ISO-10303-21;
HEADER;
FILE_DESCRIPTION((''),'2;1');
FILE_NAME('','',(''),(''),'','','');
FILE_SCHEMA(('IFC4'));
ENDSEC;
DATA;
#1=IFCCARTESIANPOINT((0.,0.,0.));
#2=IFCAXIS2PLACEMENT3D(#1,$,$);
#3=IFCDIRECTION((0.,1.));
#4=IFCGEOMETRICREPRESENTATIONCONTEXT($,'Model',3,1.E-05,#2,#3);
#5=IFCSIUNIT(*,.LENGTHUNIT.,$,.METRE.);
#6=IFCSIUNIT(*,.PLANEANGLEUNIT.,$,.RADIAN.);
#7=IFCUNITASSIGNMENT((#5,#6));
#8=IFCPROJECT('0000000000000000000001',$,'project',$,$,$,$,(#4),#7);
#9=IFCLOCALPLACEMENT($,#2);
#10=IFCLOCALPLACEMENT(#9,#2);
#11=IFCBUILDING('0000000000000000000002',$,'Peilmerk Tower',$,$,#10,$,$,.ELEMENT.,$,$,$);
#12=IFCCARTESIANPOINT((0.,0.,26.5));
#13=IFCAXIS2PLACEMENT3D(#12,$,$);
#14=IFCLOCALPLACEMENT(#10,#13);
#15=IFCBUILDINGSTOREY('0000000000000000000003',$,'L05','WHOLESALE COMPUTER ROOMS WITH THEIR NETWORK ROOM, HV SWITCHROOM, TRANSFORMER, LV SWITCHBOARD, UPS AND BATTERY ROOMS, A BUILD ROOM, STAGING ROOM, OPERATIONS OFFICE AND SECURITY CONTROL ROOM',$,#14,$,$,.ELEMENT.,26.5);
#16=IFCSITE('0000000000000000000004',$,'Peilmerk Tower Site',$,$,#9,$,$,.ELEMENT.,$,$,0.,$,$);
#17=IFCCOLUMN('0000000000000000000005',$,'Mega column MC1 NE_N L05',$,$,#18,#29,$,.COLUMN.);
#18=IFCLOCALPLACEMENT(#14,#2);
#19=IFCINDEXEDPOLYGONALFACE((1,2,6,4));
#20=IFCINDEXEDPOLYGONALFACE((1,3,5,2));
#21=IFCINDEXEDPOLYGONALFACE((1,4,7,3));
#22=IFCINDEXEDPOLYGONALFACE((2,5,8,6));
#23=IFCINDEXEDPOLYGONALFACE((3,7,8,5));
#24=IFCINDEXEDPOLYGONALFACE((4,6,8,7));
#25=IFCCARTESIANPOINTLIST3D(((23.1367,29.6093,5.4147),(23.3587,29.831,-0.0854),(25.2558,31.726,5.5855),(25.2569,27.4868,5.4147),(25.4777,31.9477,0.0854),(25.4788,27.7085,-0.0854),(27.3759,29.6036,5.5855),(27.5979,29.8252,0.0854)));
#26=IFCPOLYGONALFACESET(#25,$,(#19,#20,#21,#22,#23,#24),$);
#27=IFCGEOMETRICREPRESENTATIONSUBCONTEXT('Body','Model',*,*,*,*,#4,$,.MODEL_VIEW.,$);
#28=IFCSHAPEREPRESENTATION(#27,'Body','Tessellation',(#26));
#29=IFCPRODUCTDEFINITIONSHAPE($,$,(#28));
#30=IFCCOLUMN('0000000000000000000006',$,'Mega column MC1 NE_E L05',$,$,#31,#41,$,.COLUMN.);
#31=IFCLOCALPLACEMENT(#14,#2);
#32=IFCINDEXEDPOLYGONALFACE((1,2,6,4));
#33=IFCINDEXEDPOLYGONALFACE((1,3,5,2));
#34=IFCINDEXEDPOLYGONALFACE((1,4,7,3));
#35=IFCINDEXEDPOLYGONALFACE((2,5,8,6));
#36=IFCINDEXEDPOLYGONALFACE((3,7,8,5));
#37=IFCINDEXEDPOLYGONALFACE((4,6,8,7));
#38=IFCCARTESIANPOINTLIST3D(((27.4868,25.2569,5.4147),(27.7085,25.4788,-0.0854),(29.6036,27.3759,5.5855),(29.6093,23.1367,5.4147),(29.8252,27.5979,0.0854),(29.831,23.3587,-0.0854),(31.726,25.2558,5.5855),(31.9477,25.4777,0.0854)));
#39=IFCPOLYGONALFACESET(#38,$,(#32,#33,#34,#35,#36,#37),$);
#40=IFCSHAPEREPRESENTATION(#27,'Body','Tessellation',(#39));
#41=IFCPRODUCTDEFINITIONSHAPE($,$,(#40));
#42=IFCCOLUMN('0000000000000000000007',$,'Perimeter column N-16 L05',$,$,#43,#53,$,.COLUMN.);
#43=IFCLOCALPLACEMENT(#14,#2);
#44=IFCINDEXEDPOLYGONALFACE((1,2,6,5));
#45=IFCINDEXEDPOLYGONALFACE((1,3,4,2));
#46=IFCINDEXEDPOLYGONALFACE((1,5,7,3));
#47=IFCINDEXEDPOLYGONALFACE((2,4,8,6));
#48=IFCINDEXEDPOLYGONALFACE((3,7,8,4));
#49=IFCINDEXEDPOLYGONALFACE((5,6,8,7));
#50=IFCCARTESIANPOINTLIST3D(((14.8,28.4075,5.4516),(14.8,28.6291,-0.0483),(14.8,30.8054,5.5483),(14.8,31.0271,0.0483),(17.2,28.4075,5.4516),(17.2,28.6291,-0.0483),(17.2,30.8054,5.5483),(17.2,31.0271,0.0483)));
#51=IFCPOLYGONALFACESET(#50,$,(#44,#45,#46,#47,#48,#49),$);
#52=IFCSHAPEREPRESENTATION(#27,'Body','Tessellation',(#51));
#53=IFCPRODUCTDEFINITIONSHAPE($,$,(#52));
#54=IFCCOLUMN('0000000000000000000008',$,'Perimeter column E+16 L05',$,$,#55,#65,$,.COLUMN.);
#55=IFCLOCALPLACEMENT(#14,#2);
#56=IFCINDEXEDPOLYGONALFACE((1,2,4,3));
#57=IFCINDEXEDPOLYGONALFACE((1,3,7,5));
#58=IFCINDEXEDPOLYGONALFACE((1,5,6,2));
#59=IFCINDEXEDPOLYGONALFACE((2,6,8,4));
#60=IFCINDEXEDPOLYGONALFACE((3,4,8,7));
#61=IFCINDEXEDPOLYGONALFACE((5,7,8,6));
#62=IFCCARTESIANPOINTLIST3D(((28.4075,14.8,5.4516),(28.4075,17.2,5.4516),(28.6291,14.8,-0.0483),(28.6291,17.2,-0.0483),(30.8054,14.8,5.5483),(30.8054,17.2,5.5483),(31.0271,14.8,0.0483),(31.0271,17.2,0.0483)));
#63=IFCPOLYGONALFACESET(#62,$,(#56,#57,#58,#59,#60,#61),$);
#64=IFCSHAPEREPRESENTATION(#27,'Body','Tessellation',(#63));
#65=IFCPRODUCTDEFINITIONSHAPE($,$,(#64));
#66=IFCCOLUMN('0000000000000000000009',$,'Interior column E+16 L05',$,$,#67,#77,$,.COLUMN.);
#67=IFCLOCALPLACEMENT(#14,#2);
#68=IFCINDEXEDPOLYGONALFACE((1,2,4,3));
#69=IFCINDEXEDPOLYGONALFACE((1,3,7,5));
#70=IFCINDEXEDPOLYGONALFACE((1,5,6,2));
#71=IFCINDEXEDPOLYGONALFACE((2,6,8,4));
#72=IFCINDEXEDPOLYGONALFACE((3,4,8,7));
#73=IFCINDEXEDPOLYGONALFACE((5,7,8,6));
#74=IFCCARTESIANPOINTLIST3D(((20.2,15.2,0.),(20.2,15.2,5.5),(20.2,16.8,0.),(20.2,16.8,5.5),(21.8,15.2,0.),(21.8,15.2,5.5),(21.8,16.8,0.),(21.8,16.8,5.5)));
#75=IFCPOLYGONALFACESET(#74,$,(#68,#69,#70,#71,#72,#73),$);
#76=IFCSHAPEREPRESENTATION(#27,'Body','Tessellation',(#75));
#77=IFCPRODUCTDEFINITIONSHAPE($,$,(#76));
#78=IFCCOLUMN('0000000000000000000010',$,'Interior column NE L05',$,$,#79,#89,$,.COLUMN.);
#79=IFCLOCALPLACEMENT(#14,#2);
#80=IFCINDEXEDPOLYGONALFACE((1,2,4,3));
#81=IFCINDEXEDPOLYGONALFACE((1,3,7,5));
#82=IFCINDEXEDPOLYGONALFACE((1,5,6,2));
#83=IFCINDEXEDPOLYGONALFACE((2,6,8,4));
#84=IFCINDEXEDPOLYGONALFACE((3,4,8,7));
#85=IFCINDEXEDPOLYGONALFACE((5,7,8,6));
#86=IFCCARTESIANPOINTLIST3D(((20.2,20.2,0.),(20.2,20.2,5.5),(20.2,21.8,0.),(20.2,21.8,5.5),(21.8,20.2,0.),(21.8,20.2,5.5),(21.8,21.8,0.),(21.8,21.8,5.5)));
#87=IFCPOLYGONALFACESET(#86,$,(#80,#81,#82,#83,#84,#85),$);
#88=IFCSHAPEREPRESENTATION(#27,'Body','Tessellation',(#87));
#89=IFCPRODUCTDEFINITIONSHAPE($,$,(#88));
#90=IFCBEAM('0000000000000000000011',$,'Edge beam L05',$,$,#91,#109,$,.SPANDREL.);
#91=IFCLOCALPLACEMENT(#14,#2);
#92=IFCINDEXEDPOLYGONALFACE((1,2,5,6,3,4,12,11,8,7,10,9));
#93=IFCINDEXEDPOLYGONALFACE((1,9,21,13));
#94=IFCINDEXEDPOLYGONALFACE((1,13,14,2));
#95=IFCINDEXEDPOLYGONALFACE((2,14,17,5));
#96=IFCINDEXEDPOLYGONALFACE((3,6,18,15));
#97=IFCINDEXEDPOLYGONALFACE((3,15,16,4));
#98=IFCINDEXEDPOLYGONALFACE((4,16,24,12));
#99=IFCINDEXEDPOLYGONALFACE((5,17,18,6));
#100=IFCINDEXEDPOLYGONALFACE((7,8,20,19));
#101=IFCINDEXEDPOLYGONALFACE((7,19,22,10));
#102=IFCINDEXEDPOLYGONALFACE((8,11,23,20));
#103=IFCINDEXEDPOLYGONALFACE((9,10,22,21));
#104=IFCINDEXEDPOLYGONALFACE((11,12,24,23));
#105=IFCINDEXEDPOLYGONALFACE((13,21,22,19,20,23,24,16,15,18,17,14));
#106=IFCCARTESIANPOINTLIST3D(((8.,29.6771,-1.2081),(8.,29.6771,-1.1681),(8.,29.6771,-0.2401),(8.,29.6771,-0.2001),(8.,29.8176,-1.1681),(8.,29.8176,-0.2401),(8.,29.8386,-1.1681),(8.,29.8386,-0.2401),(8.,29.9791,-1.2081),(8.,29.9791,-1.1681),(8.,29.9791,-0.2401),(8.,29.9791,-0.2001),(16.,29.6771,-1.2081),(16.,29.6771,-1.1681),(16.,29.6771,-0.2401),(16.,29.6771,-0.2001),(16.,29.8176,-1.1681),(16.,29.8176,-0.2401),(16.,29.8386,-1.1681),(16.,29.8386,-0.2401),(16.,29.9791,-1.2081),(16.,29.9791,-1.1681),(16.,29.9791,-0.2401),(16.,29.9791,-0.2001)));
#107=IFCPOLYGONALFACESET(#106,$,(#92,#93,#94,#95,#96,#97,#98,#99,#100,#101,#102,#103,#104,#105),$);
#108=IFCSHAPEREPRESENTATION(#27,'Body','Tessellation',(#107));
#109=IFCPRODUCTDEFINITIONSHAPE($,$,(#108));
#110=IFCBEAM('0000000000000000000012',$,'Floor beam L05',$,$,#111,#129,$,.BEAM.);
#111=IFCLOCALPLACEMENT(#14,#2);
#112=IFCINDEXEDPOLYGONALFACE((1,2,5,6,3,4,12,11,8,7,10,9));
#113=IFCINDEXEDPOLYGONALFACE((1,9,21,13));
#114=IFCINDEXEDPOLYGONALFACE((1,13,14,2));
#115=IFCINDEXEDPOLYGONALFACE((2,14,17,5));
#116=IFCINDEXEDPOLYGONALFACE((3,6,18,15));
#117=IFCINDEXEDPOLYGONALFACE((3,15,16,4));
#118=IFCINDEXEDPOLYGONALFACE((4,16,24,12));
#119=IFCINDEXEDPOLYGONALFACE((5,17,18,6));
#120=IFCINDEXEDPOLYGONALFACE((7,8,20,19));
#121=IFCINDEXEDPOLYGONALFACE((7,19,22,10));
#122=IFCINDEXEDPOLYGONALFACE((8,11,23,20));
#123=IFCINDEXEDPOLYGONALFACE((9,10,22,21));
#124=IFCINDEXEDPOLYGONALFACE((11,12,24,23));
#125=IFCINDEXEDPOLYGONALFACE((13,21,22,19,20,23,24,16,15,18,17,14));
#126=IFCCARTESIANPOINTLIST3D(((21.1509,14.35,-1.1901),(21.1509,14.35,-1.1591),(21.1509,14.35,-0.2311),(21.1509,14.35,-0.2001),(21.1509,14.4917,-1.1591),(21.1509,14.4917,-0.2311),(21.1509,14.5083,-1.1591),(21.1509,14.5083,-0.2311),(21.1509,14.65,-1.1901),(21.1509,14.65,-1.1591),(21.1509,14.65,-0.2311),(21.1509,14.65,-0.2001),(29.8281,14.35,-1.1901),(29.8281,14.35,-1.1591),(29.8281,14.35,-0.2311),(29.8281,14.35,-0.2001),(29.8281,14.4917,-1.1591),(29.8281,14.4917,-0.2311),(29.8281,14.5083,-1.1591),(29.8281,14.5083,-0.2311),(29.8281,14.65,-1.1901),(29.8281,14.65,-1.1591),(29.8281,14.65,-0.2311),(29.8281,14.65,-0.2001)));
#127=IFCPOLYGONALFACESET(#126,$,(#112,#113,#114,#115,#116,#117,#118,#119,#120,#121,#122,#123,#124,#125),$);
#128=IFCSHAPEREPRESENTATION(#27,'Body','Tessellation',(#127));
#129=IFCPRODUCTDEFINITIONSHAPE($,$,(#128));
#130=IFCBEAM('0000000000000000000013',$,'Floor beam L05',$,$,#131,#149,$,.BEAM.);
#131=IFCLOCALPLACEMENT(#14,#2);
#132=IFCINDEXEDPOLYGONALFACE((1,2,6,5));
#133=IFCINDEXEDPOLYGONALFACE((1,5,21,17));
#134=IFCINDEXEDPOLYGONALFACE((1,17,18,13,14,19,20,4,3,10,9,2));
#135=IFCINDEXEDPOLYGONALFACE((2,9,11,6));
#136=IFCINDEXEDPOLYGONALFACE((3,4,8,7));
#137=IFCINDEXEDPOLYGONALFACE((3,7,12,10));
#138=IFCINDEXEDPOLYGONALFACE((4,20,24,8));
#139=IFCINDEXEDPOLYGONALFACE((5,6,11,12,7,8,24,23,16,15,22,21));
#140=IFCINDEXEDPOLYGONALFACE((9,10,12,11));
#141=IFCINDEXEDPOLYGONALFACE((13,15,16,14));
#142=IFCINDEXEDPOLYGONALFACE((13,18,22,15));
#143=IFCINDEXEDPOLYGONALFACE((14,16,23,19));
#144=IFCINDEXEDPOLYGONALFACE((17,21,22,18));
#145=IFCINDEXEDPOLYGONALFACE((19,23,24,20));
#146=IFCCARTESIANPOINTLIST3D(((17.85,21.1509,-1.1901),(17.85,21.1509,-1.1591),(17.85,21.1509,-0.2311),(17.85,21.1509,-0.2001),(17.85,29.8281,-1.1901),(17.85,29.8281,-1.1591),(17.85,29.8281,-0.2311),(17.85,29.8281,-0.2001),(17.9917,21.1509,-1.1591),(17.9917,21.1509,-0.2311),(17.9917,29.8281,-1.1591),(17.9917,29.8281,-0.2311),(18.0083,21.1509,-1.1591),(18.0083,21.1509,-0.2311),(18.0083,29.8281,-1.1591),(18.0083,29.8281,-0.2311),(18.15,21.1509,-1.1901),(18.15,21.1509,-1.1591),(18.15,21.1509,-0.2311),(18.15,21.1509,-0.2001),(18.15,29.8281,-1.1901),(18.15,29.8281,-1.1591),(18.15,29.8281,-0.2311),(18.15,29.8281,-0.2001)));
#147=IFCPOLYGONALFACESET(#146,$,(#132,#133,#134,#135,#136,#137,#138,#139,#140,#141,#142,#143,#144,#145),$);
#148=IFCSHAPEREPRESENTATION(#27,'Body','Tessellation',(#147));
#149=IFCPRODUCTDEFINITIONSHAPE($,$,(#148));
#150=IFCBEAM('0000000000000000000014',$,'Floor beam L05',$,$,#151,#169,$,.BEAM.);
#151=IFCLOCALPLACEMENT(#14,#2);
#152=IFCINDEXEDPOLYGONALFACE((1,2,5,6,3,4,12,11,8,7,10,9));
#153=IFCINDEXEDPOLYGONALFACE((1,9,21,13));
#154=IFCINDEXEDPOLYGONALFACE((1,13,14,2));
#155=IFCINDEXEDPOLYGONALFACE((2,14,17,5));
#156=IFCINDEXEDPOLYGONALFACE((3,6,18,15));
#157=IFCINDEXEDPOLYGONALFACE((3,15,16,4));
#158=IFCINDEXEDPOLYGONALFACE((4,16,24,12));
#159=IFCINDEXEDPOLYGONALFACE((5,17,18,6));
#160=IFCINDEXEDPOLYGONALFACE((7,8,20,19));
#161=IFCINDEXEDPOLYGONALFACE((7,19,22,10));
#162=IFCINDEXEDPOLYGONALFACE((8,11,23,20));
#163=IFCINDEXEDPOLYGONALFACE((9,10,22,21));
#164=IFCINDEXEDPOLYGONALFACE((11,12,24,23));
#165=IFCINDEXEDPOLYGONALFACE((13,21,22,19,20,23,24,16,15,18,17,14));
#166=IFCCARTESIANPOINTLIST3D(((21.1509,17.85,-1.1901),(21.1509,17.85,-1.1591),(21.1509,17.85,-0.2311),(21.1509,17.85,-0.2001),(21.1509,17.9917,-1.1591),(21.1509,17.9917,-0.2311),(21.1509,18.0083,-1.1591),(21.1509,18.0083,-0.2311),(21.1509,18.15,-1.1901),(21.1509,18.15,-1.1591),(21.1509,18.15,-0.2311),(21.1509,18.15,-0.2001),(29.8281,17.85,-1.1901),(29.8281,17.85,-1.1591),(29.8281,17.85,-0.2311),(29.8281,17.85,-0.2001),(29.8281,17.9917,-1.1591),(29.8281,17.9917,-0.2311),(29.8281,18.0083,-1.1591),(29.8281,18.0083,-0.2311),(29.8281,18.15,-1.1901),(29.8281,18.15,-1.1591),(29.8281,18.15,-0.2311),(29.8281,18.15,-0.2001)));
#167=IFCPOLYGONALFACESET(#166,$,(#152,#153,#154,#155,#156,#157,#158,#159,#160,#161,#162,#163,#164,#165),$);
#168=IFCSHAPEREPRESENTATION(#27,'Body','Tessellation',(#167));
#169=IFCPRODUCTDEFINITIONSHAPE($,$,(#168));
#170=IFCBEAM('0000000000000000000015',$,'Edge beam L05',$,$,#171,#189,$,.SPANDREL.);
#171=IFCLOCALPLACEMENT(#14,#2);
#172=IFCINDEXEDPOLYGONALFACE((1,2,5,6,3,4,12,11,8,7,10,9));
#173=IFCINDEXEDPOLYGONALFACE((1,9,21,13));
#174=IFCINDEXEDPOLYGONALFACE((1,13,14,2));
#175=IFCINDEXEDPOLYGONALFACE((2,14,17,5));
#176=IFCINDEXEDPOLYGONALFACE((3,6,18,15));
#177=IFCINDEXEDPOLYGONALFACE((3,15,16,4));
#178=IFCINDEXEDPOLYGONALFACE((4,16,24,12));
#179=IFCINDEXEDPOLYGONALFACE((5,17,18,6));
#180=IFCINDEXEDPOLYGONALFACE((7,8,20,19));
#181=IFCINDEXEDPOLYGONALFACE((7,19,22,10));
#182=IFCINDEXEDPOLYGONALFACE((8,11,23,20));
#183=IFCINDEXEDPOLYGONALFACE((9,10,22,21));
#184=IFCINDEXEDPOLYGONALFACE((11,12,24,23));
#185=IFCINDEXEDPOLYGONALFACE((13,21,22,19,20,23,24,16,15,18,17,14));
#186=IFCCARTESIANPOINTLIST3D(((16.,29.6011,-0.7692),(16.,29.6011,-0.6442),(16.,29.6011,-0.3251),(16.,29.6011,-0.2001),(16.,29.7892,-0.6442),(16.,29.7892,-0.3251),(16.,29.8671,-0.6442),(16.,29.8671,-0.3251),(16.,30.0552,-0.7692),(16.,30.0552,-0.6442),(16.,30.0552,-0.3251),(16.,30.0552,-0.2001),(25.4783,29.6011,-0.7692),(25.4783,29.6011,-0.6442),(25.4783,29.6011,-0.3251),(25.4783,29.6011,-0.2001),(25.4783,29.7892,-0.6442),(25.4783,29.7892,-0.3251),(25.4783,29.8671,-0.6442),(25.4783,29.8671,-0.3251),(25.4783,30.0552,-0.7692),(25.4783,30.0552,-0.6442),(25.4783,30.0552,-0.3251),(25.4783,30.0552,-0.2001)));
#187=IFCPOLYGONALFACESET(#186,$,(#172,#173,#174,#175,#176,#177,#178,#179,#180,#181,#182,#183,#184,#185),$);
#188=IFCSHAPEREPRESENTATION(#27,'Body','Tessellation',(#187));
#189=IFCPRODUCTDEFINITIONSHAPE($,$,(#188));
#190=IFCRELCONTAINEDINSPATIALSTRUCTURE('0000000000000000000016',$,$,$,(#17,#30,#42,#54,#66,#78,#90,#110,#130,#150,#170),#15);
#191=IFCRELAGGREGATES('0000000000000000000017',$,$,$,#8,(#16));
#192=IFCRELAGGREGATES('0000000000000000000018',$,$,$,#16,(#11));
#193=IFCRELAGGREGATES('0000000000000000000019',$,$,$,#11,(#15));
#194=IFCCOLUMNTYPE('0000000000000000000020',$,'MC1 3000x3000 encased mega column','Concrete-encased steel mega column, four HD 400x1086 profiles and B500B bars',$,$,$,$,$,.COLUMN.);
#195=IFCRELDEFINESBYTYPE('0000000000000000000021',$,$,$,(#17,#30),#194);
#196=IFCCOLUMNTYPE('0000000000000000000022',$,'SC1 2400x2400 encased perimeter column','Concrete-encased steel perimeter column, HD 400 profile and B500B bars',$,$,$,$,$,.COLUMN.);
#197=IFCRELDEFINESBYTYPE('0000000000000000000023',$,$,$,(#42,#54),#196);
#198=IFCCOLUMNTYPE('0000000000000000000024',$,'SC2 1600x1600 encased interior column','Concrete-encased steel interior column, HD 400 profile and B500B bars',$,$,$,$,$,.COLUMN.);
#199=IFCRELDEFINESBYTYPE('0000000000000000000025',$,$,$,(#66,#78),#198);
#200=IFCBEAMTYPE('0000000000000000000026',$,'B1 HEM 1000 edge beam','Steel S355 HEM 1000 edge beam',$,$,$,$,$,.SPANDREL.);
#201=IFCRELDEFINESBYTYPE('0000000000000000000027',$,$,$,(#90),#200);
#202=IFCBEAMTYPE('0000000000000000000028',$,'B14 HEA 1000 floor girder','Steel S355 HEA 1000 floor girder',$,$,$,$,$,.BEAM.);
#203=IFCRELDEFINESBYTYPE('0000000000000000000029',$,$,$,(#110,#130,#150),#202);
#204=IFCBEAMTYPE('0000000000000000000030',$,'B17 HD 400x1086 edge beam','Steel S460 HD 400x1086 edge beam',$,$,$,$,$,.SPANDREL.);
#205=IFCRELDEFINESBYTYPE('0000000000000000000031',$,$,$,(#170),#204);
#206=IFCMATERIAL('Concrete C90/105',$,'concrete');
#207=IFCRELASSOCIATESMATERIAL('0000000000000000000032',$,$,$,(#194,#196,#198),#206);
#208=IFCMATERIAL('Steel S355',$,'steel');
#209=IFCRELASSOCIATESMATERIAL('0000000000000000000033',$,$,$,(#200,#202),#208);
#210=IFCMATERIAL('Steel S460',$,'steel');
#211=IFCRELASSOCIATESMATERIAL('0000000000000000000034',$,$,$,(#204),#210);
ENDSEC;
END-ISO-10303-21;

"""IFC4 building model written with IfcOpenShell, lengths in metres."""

from ifc_helpers import new_model, si_unit, direction, frame, origin, origin_2d, place, context, subcontext, project, spatial, rectangle, i_section, extrude, material, material_profile, profile_set, type_object, element, save


model = new_model("IFC4")

# Units and contexts
model_context = context("Model", 3, precision=1e-05, world=origin(), true_north=direction((0.0, 1.0)))
body_context = subcontext(model_context, "Body", "Model", "MODEL_VIEW")
ifc_project = project(units=[si_unit("LENGTHUNIT", "METRE"), si_unit("PLANEANGLEUNIT", "RADIAN")], contexts=[model_context])

# Site, building, storey
site_placement = place(None, origin())
site = spatial("IfcSite", under=ifc_project, at=site_placement, Name="Peilmerk Tower Site", CompositionType="ELEMENT", RefElevation=0.0)
building_placement = place(site_placement, origin())
building = spatial("IfcBuilding", under=site, at=building_placement, Name="Peilmerk Tower", CompositionType="ELEMENT")
storey_placement = place(building_placement, frame((0.0, 0.0, 26.5)))
storey = spatial("IfcBuildingStorey", under=building, at=storey_placement, Name="L05", Description="WHOLESALE COMPUTER ROOMS WITH THEIR NETWORK ROOM, HV SWITCHROOM, TRANSFORMER, LV SWITCHBOARD, UPS AND BATTERY ROOMS, A BUILD ROOM, STAGING ROOM, OPERATIONS OFFICE AND SECURITY CONTROL ROOM", CompositionType="ELEMENT", Elevation=26.5)

# Columns
ifc_material_1 = material(Name="Concrete C90/105", Category="concrete")
ifc_material_profile_1 = material_profile(ifc_material_1, rectangle(XDim=3.0, YDim=3.0, at=origin_2d()), Name="RC 3000x3000")
ifc_profile_set_1 = profile_set([ifc_material_profile_1], Name="Concrete C90/105")
column_type_1 = type_object("IfcColumnType", Name="MC1 3000x3000 encased mega column", Description="Concrete-encased steel mega column, four HD 400x1086 profiles and B500B bars", PredefinedType="COLUMN", material=ifc_profile_set_1)
for number, where, z_axis, x_axis, name in (
    (1, (25.4783, 29.8281, 0.0), (-0.040284, -0.04024, 0.998378), (0.706718, -0.707496, 0.0), "Mega column MC1 NE_N L05"),
    (2, (29.8281, 25.4783, 0.0), (-0.04024, -0.040284, 0.998378), (0.707496, -0.706718, 0.0), "Mega column MC1 NE_E L05"),
):
    element("IfcColumn", number, at=place(storey_placement, frame(where, z_axis=z_axis, x_axis=x_axis)), inside=storey, type_object=column_type_1, Name=name, PredefinedType="COLUMN", context=body_context, shape_type="SweptSolid", body=[
        extrude(rectangle(XDim=3.0, YDim=3.0, at=origin_2d()), origin(), (0.0, 0.0, 1.0), 5.509),
    ])
ifc_material_profile_2 = material_profile(ifc_material_1, rectangle(XDim=2.3999, YDim=2.3999, at=origin_2d()), Name="RC 2400x2400")
ifc_profile_set_2 = profile_set([ifc_material_profile_2], Name="Concrete C90/105")
column_type_2 = type_object("IfcColumnType", Name="SC1 2400x2400 encased perimeter column", Description="Concrete-encased steel perimeter column, HD 400 profile and B500B bars", PredefinedType="COLUMN", material=ifc_profile_set_2)
for number, where, z_axis, x_axis, name in (
    (3, (16.0, 29.8281, 0.0), (0.0, -0.040273, 0.999189), (1.0, 0.0, 0.0), "Perimeter column N-16 L05"),
    (4, (29.8281, 16.0, 0.0), (-0.040273, 0.0, 0.999189), (0.0, -1.0, 0.0), "Perimeter column E+16 L05"),
):
    element("IfcColumn", number, at=place(storey_placement, frame(where, z_axis=z_axis, x_axis=x_axis)), inside=storey, type_object=column_type_2, Name=name, PredefinedType="COLUMN", context=body_context, shape_type="SweptSolid", body=[
        extrude(rectangle(XDim=2.3999, YDim=2.3999, at=origin_2d()), origin(), (0.0, 0.0, 1.0), 5.5044),
    ])
ifc_material_profile_3 = material_profile(ifc_material_1, rectangle(XDim=1.6001, YDim=1.6001, at=origin_2d()), Name="RC 1600x1600")
ifc_profile_set_3 = profile_set([ifc_material_profile_3], Name="Concrete C90/105")
column_type_3 = type_object("IfcColumnType", Name="SC2 1600x1600 encased interior column", Description="Concrete-encased steel interior column, HD 400 profile and B500B bars", PredefinedType="COLUMN", material=ifc_profile_set_3)
for number, where, z_axis, x_axis, name in (
    (5, (21.0, 16.0, 0.0), (0.0, 0.0, 1.0), (1.0, 0.0, 0.0), "Interior column E+16 L05"),
    (6, (21.0, 21.0, 0.0), (0.0, 0.0, 1.0), (1.0, 0.0, 0.0), "Interior column NE L05"),
):
    element("IfcColumn", number, at=place(storey_placement, frame(where, z_axis=z_axis, x_axis=x_axis)), inside=storey, type_object=column_type_3, Name=name, PredefinedType="COLUMN", context=body_context, shape_type="SweptSolid", body=[
        extrude(rectangle(XDim=1.6001, YDim=1.6001, at=origin_2d()), origin(), (0.0, 0.0, 1.0), 5.5),
    ])

# Beams
ifc_material_2 = material(Name="Steel S355", Category="steel")
ifc_material_profile_4 = material_profile(ifc_material_2, i_section(OverallWidth=0.302, OverallDepth=1.0081, WebThickness=0.021, FlangeThickness=0.04, at=origin_2d()), Name="HEM 1000")
ifc_profile_set_4 = profile_set([ifc_material_profile_4], Name="Steel S355")
beam_type_1 = type_object("IfcBeamType", Name="B1 HEM 1000 edge beam", Description="Steel S355 HEM 1000 edge beam", PredefinedType="SPANDREL", material=ifc_profile_set_4)
beam_1_placement = place(storey_placement, frame((16.0, 29.8281, -0.7041), z_axis=(-1.0, 0.0, 0.0), x_axis=(0.0, -1.0, 0.0)))
element("IfcBeam", 7, at=beam_1_placement, inside=storey, type_object=beam_type_1, Name="Edge beam L05", PredefinedType="SPANDREL", context=body_context, shape_type="SweptSolid", body=[
    extrude(i_section(OverallWidth=0.302, OverallDepth=1.0081, WebThickness=0.021, FlangeThickness=0.04, at=origin_2d()), origin(), (0.0, 0.0, 1.0), 8.0),
])
ifc_material_profile_5 = material_profile(ifc_material_2, i_section(OverallWidth=0.3, OverallDepth=0.99, WebThickness=0.0166, FlangeThickness=0.031, at=origin_2d()), Name="HEA 1000")
ifc_profile_set_5 = profile_set([ifc_material_profile_5], Name="Steel S355")
beam_type_2 = type_object("IfcBeamType", Name="B14 HEA 1000 floor girder", Description="Steel S355 HEA 1000 floor girder", PredefinedType="BEAM", material=ifc_profile_set_5)
for number, where, z_axis, x_axis, name in (
    (8, (21.1509, 14.5, -0.6951), (1.0, 0.0, 0.0), (0.0, 1.0, 0.0), "Floor beam L05"),
    (9, (18.0, 21.1509, -0.6951), (0.0, 1.0, 0.0), (-1.0, 0.0, 0.0), "Floor beam L05"),
    (10, (21.1509, 18.0, -0.6951), (1.0, 0.0, 0.0), (0.0, 1.0, 0.0), "Floor beam L05"),
):
    element("IfcBeam", number, at=place(storey_placement, frame(where, z_axis=z_axis, x_axis=x_axis)), inside=storey, type_object=beam_type_2, Name=name, PredefinedType="BEAM", context=body_context, shape_type="SweptSolid", body=[
        extrude(i_section(OverallWidth=0.3, OverallDepth=0.99, WebThickness=0.0166, FlangeThickness=0.031, at=origin_2d()), origin(), (0.0, 0.0, 1.0), 8.6772),
    ])
ifc_material_3 = material(Name="Steel S460", Category="steel")
ifc_material_profile_6 = material_profile(ifc_material_3, i_section(OverallWidth=0.4541, OverallDepth=0.5691, WebThickness=0.0779, FlangeThickness=0.125, at=origin_2d()), Name="HD 400x1086")
ifc_profile_set_6 = profile_set([ifc_material_profile_6], Name="Steel S460")
beam_type_3 = type_object("IfcBeamType", Name="B17 HD 400x1086 edge beam", Description="Steel S460 HD 400x1086 edge beam", PredefinedType="SPANDREL", material=ifc_profile_set_6)
for number, where, z_axis, x_axis, name in (
    (11, (25.4783, 29.8281, -0.4846), (-1.0, 0.0, 0.0), (0.0, -1.0, 0.0), "Edge beam L05"),
):
    element("IfcBeam", number, at=place(storey_placement, frame(where, z_axis=z_axis, x_axis=x_axis)), inside=storey, type_object=beam_type_3, Name=name, PredefinedType="SPANDREL", context=body_context, shape_type="SweptSolid", body=[
        extrude(i_section(OverallWidth=0.4541, OverallDepth=0.5691, WebThickness=0.0779, FlangeThickness=0.125, at=origin_2d()), origin(), (0.0, 0.0, 1.0), 9.4783),
    ])

save(model, "model.ifc")
